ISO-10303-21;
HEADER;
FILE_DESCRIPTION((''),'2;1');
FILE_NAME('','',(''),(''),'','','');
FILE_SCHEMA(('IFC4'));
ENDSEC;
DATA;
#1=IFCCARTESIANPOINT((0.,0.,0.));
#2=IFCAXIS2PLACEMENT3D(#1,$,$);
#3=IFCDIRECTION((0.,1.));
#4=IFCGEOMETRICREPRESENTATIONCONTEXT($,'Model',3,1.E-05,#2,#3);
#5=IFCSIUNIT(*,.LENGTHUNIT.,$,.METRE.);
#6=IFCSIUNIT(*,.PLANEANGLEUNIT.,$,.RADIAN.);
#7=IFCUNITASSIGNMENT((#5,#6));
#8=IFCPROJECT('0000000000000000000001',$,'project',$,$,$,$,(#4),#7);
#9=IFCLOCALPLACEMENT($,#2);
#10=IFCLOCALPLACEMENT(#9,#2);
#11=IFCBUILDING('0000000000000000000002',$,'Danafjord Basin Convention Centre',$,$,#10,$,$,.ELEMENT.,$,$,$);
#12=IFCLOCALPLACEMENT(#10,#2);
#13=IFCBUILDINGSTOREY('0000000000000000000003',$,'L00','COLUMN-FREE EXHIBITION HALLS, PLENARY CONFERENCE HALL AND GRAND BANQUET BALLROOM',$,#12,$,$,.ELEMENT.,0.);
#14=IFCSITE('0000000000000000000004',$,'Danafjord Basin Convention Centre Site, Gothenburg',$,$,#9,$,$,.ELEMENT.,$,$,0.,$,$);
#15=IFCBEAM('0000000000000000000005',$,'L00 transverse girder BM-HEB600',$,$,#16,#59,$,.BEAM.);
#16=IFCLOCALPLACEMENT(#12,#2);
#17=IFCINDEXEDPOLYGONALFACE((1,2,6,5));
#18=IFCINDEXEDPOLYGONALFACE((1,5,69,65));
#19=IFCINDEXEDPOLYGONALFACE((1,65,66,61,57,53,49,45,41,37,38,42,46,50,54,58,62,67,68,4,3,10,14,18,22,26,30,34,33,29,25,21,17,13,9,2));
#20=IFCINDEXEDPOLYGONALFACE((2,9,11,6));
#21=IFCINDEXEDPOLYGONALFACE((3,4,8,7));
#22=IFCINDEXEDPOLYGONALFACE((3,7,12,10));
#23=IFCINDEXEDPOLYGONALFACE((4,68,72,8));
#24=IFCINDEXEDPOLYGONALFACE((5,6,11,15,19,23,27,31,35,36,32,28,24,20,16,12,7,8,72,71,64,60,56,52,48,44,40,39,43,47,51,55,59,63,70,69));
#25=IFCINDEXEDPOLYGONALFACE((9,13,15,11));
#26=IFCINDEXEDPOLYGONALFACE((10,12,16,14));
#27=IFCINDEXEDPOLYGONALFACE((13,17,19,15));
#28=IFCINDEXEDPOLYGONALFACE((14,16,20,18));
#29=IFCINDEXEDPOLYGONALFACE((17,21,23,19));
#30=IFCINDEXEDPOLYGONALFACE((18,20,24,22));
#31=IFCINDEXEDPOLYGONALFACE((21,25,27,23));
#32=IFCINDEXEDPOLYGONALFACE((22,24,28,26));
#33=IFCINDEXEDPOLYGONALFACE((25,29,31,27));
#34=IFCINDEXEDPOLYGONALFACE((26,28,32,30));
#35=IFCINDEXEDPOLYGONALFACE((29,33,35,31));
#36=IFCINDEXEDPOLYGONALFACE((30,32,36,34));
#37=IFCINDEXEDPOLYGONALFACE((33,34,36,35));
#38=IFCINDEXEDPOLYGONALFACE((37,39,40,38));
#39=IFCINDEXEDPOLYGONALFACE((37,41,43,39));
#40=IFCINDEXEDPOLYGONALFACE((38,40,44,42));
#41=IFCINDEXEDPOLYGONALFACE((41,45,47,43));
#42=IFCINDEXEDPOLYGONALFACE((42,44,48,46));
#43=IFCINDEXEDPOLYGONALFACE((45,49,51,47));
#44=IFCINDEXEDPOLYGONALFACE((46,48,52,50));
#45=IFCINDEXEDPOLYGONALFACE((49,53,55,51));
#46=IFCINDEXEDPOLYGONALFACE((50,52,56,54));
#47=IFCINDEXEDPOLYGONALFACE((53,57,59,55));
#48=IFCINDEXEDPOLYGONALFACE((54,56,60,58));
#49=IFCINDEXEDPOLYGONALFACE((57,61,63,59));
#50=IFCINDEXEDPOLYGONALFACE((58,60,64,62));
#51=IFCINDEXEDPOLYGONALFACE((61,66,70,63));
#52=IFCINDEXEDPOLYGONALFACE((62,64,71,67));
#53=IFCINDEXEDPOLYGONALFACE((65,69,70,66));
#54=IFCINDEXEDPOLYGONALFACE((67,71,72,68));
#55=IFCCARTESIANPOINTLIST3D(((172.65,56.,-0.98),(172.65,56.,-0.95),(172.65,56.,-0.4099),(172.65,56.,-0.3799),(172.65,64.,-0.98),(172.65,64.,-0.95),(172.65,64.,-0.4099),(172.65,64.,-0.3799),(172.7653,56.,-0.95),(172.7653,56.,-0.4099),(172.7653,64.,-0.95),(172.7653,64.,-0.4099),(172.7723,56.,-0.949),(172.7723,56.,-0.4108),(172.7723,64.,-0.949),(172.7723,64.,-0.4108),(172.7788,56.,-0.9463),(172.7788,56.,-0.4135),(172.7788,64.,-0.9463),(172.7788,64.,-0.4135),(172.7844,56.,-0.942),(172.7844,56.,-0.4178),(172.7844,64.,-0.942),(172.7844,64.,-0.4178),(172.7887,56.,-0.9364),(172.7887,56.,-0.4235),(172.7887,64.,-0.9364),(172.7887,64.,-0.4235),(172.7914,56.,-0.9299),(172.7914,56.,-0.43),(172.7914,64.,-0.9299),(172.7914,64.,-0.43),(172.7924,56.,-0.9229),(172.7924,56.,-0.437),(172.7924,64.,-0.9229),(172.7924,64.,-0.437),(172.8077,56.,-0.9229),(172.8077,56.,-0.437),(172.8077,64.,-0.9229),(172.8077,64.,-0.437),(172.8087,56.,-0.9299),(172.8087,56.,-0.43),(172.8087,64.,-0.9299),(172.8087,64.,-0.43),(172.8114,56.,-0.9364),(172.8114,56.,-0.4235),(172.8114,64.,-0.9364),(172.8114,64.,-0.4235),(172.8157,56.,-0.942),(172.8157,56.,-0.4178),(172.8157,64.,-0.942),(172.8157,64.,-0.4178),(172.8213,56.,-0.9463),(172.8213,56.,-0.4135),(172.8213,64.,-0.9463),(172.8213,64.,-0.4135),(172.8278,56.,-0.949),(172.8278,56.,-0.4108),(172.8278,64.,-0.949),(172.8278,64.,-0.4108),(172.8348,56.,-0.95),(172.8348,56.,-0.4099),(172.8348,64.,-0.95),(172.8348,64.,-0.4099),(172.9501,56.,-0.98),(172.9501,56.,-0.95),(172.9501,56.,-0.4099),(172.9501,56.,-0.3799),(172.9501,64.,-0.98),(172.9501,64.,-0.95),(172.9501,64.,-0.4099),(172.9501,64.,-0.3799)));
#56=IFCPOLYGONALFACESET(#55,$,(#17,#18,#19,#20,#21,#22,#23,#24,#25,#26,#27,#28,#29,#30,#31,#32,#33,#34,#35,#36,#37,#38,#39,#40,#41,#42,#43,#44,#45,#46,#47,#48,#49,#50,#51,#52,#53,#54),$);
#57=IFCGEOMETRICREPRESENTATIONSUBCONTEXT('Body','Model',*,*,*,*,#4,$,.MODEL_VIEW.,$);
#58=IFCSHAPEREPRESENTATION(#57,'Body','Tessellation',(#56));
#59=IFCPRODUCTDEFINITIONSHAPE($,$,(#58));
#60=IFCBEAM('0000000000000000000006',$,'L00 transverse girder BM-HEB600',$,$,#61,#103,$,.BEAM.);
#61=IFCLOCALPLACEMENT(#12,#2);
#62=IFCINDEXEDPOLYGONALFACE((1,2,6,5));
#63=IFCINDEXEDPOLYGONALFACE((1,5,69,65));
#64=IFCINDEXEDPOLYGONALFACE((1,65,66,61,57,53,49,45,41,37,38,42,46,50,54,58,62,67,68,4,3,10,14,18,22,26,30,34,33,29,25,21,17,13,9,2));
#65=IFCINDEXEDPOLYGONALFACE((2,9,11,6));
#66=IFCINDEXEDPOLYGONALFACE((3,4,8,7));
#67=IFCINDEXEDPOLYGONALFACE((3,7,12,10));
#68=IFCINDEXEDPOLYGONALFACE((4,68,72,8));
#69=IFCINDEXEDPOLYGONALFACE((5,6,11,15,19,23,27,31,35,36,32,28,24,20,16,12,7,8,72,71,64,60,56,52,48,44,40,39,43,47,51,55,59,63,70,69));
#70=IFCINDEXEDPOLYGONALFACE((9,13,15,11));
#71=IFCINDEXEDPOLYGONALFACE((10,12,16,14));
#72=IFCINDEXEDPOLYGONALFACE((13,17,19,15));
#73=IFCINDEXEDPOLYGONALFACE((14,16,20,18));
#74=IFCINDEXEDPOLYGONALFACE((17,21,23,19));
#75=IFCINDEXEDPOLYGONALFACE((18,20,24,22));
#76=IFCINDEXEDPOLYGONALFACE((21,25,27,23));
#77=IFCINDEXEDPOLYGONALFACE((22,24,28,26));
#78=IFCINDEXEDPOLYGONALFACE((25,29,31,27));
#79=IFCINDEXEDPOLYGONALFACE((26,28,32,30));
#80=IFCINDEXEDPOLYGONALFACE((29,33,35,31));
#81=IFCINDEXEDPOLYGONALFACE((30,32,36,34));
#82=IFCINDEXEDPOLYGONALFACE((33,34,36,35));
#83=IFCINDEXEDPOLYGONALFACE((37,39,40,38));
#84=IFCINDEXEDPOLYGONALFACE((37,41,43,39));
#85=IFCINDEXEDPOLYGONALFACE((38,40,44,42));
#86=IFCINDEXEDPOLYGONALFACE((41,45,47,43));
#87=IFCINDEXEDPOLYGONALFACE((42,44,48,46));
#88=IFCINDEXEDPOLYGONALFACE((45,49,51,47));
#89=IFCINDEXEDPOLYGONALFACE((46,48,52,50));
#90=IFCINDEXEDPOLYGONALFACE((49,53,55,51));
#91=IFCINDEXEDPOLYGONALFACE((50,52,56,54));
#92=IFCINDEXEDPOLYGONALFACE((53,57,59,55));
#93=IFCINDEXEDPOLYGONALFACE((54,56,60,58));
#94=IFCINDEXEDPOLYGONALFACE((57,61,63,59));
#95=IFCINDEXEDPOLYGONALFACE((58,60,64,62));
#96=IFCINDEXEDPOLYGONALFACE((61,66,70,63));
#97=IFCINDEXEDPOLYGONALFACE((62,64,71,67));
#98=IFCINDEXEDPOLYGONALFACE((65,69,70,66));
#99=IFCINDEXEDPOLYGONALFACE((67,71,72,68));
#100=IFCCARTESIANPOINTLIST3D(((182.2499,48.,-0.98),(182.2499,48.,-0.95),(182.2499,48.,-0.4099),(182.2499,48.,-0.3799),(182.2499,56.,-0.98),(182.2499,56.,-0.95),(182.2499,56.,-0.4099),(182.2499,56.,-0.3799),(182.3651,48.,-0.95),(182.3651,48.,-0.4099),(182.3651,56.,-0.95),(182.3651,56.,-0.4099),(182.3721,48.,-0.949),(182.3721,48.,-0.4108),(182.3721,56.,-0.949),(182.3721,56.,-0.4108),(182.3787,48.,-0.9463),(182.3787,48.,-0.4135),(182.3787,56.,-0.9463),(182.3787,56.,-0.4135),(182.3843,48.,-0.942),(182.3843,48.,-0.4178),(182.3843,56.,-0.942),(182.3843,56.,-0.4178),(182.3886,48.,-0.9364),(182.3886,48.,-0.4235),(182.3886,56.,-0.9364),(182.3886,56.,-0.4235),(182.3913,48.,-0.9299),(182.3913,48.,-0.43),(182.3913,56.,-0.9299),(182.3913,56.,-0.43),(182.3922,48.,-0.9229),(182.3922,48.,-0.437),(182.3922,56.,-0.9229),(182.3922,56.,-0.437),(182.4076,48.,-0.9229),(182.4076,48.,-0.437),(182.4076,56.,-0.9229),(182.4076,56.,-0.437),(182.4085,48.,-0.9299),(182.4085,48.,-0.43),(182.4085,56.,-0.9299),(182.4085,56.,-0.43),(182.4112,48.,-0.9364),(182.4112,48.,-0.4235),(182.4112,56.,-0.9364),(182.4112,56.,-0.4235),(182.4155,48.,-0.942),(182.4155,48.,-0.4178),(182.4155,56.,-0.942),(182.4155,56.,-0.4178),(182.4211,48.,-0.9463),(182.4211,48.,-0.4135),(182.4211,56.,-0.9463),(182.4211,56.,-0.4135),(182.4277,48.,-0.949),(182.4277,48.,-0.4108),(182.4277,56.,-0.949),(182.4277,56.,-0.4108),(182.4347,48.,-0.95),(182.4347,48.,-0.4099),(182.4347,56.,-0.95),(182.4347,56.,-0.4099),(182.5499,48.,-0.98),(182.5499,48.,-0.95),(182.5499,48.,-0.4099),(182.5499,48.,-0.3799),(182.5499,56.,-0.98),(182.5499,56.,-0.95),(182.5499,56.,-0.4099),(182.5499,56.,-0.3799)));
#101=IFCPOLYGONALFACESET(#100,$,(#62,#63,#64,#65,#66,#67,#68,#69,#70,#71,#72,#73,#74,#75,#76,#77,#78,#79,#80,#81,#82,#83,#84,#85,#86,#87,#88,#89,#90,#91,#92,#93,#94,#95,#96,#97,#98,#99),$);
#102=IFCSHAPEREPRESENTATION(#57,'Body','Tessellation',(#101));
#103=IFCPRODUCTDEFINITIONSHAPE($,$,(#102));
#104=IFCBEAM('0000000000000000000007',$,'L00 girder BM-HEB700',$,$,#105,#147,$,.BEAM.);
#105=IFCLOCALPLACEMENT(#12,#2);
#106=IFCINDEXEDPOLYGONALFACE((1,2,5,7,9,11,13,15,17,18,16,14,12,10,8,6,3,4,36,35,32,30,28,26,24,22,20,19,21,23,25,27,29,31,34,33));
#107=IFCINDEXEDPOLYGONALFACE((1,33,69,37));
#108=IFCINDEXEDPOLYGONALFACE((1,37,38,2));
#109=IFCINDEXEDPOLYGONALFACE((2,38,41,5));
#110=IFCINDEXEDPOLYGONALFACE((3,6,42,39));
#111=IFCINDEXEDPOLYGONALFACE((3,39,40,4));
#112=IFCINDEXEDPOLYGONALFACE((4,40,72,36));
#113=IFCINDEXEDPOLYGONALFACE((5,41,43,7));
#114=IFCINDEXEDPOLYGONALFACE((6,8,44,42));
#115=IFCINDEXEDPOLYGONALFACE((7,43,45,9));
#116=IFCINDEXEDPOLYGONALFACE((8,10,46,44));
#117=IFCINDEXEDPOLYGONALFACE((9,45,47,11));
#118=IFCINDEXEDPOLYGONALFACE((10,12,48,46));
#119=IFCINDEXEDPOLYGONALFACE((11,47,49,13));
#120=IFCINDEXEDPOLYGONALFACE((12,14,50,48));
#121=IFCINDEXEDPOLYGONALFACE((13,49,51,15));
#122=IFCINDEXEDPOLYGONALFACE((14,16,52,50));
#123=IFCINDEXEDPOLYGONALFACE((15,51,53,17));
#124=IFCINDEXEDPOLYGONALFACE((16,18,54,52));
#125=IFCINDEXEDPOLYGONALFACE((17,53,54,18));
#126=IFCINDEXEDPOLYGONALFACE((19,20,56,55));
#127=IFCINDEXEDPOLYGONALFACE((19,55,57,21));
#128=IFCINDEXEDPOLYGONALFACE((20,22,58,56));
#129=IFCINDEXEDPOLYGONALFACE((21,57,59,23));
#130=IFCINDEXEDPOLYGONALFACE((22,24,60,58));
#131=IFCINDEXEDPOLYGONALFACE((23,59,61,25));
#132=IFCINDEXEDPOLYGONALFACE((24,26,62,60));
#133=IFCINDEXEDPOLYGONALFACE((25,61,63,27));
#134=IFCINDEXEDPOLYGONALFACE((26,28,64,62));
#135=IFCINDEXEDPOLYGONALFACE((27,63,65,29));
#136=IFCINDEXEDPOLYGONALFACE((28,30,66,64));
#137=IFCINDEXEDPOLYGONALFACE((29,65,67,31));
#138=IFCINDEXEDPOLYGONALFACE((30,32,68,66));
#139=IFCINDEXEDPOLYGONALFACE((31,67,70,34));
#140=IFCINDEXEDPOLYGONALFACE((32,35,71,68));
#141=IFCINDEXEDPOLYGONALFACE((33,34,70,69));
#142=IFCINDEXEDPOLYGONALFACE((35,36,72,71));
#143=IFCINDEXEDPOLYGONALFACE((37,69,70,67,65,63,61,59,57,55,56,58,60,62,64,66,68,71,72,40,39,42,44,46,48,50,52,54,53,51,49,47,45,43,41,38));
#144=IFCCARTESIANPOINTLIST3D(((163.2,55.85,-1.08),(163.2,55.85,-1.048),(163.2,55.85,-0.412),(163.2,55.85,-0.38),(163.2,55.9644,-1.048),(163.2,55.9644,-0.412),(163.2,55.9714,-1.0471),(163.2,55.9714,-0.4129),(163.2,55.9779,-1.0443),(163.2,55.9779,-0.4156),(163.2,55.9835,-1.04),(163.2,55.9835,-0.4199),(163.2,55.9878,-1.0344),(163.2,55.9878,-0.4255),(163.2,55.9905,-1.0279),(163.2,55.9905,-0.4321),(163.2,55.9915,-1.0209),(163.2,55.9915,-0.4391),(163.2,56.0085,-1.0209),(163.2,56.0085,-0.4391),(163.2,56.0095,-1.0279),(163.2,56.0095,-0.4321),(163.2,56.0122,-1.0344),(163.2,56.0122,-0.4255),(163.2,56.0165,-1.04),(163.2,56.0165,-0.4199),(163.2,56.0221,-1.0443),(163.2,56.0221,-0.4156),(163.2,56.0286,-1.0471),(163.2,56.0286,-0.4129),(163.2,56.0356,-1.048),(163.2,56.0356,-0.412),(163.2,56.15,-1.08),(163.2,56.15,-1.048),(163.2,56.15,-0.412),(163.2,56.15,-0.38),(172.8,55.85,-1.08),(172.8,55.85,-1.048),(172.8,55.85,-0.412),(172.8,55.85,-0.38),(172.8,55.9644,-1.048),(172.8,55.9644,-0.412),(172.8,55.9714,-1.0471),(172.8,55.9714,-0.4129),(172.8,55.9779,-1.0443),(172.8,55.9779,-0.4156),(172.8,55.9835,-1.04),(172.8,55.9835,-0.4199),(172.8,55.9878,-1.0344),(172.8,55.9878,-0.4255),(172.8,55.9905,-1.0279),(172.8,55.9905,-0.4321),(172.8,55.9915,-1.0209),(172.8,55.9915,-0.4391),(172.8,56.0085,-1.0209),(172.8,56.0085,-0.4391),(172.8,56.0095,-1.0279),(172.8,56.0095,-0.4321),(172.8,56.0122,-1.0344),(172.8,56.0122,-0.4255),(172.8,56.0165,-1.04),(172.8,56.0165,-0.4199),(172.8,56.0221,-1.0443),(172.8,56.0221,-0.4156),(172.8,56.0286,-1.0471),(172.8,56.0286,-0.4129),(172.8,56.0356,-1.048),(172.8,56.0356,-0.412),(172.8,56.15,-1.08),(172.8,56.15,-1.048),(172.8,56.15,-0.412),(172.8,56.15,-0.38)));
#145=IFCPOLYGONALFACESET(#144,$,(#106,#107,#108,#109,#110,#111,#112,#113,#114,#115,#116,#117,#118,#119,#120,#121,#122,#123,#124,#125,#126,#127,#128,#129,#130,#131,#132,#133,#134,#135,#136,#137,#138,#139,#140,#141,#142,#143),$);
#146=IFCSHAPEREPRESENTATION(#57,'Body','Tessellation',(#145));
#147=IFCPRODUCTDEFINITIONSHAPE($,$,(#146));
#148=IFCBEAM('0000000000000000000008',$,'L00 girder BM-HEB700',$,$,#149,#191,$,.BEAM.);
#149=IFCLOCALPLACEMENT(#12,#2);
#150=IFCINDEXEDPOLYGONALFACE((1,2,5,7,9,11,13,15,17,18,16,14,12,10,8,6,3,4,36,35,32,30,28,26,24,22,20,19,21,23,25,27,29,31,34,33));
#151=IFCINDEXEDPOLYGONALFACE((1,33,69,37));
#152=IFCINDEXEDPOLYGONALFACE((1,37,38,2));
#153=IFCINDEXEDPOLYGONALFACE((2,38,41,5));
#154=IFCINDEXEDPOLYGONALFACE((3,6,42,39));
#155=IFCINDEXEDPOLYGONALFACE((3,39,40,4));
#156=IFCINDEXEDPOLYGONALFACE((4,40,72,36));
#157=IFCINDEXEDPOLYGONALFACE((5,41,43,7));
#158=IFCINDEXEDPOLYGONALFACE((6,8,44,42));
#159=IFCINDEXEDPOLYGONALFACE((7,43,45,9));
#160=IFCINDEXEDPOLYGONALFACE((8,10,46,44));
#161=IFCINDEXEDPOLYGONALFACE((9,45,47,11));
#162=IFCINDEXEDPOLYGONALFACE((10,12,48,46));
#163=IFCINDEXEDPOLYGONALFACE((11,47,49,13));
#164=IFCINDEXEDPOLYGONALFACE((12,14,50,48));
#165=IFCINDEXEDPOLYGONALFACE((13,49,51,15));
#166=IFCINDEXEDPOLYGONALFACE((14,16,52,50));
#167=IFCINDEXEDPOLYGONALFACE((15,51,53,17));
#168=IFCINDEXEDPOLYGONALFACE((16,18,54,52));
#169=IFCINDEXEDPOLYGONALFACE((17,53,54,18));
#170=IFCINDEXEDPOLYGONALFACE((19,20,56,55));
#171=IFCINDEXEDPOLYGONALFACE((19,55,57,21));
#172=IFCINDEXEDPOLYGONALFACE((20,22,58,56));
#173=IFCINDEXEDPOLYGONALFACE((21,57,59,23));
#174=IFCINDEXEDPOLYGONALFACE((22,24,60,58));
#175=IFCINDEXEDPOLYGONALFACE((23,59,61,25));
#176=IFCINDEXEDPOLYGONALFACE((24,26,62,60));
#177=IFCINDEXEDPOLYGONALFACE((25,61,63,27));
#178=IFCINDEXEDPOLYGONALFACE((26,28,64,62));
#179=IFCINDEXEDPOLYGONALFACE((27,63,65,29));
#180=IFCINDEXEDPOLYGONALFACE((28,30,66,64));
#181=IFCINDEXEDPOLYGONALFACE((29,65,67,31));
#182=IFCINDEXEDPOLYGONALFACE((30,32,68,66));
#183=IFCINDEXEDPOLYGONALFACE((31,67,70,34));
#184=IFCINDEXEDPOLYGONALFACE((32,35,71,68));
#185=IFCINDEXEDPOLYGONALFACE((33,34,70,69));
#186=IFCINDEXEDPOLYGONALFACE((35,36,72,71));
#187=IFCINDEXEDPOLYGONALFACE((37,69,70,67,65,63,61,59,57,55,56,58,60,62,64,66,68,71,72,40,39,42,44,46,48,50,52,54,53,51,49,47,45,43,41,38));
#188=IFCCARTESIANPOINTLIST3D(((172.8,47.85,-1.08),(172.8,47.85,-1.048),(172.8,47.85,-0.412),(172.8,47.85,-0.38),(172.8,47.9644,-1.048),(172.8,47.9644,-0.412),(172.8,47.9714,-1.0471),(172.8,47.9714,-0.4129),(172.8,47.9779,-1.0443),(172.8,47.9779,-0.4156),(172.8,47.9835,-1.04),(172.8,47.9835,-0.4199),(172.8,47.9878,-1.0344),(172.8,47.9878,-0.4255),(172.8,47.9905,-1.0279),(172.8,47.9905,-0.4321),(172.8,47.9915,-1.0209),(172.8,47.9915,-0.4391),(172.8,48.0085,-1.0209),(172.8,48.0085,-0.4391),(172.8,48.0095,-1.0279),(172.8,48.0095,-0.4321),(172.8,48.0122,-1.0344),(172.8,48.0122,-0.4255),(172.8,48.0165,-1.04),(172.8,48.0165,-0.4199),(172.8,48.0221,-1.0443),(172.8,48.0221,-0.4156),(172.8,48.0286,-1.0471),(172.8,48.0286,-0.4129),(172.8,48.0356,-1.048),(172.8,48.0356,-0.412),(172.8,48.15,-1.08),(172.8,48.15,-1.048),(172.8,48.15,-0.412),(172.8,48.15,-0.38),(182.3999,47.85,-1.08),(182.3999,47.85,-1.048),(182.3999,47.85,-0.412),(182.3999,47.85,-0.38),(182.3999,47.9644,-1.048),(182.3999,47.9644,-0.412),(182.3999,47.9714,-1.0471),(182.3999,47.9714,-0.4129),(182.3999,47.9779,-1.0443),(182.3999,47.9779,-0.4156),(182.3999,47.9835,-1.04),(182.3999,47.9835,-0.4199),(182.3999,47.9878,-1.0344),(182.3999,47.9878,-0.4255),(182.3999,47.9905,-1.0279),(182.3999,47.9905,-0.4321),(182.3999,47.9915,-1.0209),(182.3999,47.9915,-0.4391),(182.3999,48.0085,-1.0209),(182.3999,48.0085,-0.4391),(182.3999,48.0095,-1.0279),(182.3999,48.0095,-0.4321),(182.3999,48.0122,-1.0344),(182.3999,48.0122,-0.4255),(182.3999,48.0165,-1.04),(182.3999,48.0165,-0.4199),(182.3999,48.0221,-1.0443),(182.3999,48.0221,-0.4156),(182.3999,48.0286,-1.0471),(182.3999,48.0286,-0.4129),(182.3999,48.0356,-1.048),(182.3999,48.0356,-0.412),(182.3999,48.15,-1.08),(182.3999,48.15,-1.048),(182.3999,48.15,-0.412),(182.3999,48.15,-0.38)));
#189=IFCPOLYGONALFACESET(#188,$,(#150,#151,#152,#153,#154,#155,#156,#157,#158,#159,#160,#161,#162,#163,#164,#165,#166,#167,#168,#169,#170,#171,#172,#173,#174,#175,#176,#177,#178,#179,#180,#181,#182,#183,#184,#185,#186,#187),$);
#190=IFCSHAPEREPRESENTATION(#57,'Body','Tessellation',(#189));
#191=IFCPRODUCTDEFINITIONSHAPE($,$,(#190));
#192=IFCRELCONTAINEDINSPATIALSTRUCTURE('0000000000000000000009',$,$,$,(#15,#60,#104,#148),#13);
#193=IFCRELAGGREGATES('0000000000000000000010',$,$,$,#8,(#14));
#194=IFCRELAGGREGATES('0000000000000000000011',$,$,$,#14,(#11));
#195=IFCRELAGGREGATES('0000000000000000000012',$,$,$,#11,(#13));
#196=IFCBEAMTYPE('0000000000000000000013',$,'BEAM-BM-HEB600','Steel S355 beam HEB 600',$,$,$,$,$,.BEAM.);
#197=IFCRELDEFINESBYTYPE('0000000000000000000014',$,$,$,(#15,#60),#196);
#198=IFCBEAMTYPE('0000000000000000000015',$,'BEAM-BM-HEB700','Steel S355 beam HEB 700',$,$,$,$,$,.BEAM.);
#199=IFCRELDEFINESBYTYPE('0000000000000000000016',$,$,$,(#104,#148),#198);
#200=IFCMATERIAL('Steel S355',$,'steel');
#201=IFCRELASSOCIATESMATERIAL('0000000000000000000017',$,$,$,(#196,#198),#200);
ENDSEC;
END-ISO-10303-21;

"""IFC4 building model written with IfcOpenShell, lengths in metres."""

from ifc_helpers import new_model, si_unit, direction, frame, origin, origin_2d, place, context, subcontext, project, spatial, i_section, extrude, material, material_profile, profile_set, type_object, element, save


model = new_model("IFC4")

# Units and contexts
model_context = context("Model", 3, precision=1e-05, world=origin(), true_north=direction((0.0, 1.0)))
body_context = subcontext(model_context, "Body", "Model", "MODEL_VIEW")
ifc_project = project(units=[si_unit("LENGTHUNIT", "METRE"), si_unit("PLANEANGLEUNIT", "RADIAN")], contexts=[model_context])

# Site, building, storey
site_placement = place(None, origin())
site = spatial("IfcSite", under=ifc_project, at=site_placement, Name="Danafjord Basin Convention Centre Site, Gothenburg", CompositionType="ELEMENT", RefElevation=0.0)
building_placement = place(site_placement, origin())
building = spatial("IfcBuilding", under=site, at=building_placement, Name="Danafjord Basin Convention Centre", CompositionType="ELEMENT")
storey_placement = place(building_placement, origin())
storey = spatial("IfcBuildingStorey", under=building, at=storey_placement, Name="L00", Description="COLUMN-FREE EXHIBITION HALLS, PLENARY CONFERENCE HALL AND GRAND BANQUET BALLROOM", CompositionType="ELEMENT", Elevation=0.0)

# Beams
ifc_material_1 = material(Name="Steel S355", Category="steel")
ifc_material_profile_1 = material_profile(ifc_material_1, i_section(OverallWidth=0.3, OverallDepth=0.6001, WebThickness=0.0154, FlangeThickness=0.03, FilletRadius=0.0271, at=origin_2d()), Name="HEB 600")
ifc_profile_set_1 = profile_set([ifc_material_profile_1], Name="Steel S355")
beam_type_1 = type_object("IfcBeamType", Name="BEAM-BM-HEB600", Description="Steel S355 beam HEB 600", PredefinedType="BEAM", material=ifc_profile_set_1)
for number, where, z_axis, x_axis, name in (
    (1, (172.8, 56.0, -0.6799), (0.0, 1.0, 0.0), (-1.0, 0.0, 0.0), "L00 transverse girder BM-HEB600"),
    (2, (182.3999, 48.0, -0.6799), (0.0, 1.0, 0.0), (-1.0, 0.0, 0.0), "L00 transverse girder BM-HEB600"),
):
    element("IfcBeam", number, at=place(storey_placement, frame(where, z_axis=z_axis, x_axis=x_axis)), inside=storey, type_object=beam_type_1, Name=name, PredefinedType="BEAM", context=body_context, shape_type="SweptSolid", body=[
        extrude(i_section(OverallWidth=0.3, OverallDepth=0.6001, WebThickness=0.0154, FlangeThickness=0.03, FilletRadius=0.0271, at=origin_2d()), origin(), (0.0, 0.0, 1.0), 8.0),
    ])
ifc_material_profile_2 = material_profile(ifc_material_1, i_section(OverallWidth=0.3, OverallDepth=0.7, WebThickness=0.0171, FlangeThickness=0.032, FilletRadius=0.0271, at=origin_2d()), Name="HEB 700")
ifc_profile_set_2 = profile_set([ifc_material_profile_2], Name="Steel S355")
beam_type_2 = type_object("IfcBeamType", Name="BEAM-BM-HEB700", Description="Steel S355 beam HEB 700", PredefinedType="BEAM", material=ifc_profile_set_2)
beam_1_placement = place(storey_placement, frame((163.2, 56.0, -0.73), z_axis=(1.0, 0.0, 0.0), x_axis=(0.0, 1.0, 0.0)))
element("IfcBeam", 3, at=beam_1_placement, inside=storey, type_object=beam_type_2, Name="L00 girder BM-HEB700", PredefinedType="BEAM", context=body_context, shape_type="SweptSolid", body=[
    extrude(i_section(OverallWidth=0.3, OverallDepth=0.7, WebThickness=0.0171, FlangeThickness=0.032, FilletRadius=0.0271, at=origin_2d()), origin(), (0.0, 0.0, 1.0), 9.6001),
])
beam_2_placement = place(storey_placement, frame((172.8, 48.0, -0.73), z_axis=(1.0, 0.0, 0.0), x_axis=(0.0, 1.0, 0.0)))
element("IfcBeam", 4, at=beam_2_placement, inside=storey, type_object=beam_type_2, Name="L00 girder BM-HEB700", PredefinedType="BEAM", context=body_context, shape_type="SweptSolid", body=[
    extrude(i_section(OverallWidth=0.3, OverallDepth=0.7, WebThickness=0.0171, FlangeThickness=0.032, FilletRadius=0.0271, at=origin_2d()), origin(), (0.0, 0.0, 1.0), 9.5999),
])

save(model, "model.ifc")
